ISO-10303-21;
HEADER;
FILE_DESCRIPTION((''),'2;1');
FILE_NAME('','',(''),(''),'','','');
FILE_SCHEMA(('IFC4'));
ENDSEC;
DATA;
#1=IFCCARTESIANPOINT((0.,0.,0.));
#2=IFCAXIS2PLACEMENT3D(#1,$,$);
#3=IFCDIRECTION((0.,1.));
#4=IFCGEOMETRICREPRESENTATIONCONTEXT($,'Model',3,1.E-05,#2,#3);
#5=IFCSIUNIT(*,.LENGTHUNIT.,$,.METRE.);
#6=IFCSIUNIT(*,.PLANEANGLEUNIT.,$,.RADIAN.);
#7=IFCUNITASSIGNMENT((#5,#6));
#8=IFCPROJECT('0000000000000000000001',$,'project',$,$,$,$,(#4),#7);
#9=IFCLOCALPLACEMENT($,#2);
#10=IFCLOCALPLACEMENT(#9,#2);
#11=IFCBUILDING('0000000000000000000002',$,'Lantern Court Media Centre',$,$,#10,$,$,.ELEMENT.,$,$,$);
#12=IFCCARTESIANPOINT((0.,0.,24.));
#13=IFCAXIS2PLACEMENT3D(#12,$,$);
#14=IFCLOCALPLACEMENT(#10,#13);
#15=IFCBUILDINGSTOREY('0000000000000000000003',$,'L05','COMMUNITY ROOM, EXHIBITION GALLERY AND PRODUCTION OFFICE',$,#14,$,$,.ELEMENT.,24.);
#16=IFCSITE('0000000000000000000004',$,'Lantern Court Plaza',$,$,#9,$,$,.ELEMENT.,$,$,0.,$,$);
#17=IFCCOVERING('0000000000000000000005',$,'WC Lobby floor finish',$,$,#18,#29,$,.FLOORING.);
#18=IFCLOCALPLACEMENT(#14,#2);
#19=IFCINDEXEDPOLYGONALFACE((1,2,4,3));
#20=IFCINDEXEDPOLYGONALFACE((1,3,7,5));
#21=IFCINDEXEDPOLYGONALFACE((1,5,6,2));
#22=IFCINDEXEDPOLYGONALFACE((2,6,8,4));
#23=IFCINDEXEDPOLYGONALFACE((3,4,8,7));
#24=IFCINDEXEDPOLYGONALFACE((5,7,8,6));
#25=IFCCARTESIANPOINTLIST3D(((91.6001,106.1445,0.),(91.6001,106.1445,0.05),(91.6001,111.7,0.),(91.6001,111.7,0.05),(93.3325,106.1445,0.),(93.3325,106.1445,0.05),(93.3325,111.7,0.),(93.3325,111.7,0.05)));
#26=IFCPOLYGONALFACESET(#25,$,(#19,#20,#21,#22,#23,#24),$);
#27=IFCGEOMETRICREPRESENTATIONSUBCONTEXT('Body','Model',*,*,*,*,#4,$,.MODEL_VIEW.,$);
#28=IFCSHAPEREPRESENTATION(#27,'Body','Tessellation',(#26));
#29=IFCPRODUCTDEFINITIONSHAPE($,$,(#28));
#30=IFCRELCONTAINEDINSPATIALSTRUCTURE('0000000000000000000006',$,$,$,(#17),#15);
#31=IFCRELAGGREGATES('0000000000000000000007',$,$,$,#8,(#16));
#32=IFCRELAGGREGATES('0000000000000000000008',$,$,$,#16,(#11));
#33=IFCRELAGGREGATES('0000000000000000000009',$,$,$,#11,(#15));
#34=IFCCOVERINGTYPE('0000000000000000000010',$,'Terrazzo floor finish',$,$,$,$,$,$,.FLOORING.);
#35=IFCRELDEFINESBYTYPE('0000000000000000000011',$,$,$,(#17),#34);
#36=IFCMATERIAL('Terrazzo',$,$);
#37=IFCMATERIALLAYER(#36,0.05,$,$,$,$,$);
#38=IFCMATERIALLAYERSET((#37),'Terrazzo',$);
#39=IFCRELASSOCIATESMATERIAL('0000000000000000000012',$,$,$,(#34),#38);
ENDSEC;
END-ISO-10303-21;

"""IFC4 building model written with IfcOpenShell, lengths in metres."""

from ifc_helpers import new_model, si_unit, direction, frame, origin, place, context, subcontext, project, spatial, polyline, outline, extrude, material, layer, layer_set, type_object, element, save


model = new_model("IFC4")

# Units and contexts
model_context = context("Model", 3, precision=1e-05, world=origin(), true_north=direction((0.0, 1.0)))
body_context = subcontext(model_context, "Body", "Model", "MODEL_VIEW")
ifc_project = project(units=[si_unit("LENGTHUNIT", "METRE"), si_unit("PLANEANGLEUNIT", "RADIAN")], contexts=[model_context])

# Site, building, storey
site_placement = place(None, origin())
site = spatial("IfcSite", under=ifc_project, at=site_placement, Name="Lantern Court Plaza", CompositionType="ELEMENT", RefElevation=0.0)
building_placement = place(site_placement, origin())
building = spatial("IfcBuilding", under=site, at=building_placement, Name="Lantern Court Media Centre", CompositionType="ELEMENT")
storey_placement = place(building_placement, frame((0.0, 0.0, 24.0)))
storey = spatial("IfcBuildingStorey", under=building, at=storey_placement, Name="L05", Description="COMMUNITY ROOM, EXHIBITION GALLERY AND PRODUCTION OFFICE", CompositionType="ELEMENT", Elevation=24.0)

# Covering
ifc_material_1 = material(Name="Terrazzo")
ifc_layer_1 = layer(ifc_material_1, 0.05)
ifc_layer_set_1 = layer_set([ifc_layer_1], Name="Terrazzo")
covering_type_1 = type_object("IfcCoveringType", Name="Terrazzo floor finish", PredefinedType="FLOORING", material=ifc_layer_set_1)
covering_1_placement = place(storey_placement, origin())
element("IfcCovering", 1, at=covering_1_placement, inside=storey, type_object=covering_type_1, Name="WC Lobby floor finish", PredefinedType="FLOORING", context=body_context, shape_type="SweptSolid", body=[
    extrude(outline(polyline([(91.6001, 111.7), (93.3325, 111.7), (93.3325, 106.1445), (91.6001, 106.1445), (91.6001, 111.7)])), origin(), (0.0, 0.0, 1.0), 0.05),
])

save(model, "model.ifc")
